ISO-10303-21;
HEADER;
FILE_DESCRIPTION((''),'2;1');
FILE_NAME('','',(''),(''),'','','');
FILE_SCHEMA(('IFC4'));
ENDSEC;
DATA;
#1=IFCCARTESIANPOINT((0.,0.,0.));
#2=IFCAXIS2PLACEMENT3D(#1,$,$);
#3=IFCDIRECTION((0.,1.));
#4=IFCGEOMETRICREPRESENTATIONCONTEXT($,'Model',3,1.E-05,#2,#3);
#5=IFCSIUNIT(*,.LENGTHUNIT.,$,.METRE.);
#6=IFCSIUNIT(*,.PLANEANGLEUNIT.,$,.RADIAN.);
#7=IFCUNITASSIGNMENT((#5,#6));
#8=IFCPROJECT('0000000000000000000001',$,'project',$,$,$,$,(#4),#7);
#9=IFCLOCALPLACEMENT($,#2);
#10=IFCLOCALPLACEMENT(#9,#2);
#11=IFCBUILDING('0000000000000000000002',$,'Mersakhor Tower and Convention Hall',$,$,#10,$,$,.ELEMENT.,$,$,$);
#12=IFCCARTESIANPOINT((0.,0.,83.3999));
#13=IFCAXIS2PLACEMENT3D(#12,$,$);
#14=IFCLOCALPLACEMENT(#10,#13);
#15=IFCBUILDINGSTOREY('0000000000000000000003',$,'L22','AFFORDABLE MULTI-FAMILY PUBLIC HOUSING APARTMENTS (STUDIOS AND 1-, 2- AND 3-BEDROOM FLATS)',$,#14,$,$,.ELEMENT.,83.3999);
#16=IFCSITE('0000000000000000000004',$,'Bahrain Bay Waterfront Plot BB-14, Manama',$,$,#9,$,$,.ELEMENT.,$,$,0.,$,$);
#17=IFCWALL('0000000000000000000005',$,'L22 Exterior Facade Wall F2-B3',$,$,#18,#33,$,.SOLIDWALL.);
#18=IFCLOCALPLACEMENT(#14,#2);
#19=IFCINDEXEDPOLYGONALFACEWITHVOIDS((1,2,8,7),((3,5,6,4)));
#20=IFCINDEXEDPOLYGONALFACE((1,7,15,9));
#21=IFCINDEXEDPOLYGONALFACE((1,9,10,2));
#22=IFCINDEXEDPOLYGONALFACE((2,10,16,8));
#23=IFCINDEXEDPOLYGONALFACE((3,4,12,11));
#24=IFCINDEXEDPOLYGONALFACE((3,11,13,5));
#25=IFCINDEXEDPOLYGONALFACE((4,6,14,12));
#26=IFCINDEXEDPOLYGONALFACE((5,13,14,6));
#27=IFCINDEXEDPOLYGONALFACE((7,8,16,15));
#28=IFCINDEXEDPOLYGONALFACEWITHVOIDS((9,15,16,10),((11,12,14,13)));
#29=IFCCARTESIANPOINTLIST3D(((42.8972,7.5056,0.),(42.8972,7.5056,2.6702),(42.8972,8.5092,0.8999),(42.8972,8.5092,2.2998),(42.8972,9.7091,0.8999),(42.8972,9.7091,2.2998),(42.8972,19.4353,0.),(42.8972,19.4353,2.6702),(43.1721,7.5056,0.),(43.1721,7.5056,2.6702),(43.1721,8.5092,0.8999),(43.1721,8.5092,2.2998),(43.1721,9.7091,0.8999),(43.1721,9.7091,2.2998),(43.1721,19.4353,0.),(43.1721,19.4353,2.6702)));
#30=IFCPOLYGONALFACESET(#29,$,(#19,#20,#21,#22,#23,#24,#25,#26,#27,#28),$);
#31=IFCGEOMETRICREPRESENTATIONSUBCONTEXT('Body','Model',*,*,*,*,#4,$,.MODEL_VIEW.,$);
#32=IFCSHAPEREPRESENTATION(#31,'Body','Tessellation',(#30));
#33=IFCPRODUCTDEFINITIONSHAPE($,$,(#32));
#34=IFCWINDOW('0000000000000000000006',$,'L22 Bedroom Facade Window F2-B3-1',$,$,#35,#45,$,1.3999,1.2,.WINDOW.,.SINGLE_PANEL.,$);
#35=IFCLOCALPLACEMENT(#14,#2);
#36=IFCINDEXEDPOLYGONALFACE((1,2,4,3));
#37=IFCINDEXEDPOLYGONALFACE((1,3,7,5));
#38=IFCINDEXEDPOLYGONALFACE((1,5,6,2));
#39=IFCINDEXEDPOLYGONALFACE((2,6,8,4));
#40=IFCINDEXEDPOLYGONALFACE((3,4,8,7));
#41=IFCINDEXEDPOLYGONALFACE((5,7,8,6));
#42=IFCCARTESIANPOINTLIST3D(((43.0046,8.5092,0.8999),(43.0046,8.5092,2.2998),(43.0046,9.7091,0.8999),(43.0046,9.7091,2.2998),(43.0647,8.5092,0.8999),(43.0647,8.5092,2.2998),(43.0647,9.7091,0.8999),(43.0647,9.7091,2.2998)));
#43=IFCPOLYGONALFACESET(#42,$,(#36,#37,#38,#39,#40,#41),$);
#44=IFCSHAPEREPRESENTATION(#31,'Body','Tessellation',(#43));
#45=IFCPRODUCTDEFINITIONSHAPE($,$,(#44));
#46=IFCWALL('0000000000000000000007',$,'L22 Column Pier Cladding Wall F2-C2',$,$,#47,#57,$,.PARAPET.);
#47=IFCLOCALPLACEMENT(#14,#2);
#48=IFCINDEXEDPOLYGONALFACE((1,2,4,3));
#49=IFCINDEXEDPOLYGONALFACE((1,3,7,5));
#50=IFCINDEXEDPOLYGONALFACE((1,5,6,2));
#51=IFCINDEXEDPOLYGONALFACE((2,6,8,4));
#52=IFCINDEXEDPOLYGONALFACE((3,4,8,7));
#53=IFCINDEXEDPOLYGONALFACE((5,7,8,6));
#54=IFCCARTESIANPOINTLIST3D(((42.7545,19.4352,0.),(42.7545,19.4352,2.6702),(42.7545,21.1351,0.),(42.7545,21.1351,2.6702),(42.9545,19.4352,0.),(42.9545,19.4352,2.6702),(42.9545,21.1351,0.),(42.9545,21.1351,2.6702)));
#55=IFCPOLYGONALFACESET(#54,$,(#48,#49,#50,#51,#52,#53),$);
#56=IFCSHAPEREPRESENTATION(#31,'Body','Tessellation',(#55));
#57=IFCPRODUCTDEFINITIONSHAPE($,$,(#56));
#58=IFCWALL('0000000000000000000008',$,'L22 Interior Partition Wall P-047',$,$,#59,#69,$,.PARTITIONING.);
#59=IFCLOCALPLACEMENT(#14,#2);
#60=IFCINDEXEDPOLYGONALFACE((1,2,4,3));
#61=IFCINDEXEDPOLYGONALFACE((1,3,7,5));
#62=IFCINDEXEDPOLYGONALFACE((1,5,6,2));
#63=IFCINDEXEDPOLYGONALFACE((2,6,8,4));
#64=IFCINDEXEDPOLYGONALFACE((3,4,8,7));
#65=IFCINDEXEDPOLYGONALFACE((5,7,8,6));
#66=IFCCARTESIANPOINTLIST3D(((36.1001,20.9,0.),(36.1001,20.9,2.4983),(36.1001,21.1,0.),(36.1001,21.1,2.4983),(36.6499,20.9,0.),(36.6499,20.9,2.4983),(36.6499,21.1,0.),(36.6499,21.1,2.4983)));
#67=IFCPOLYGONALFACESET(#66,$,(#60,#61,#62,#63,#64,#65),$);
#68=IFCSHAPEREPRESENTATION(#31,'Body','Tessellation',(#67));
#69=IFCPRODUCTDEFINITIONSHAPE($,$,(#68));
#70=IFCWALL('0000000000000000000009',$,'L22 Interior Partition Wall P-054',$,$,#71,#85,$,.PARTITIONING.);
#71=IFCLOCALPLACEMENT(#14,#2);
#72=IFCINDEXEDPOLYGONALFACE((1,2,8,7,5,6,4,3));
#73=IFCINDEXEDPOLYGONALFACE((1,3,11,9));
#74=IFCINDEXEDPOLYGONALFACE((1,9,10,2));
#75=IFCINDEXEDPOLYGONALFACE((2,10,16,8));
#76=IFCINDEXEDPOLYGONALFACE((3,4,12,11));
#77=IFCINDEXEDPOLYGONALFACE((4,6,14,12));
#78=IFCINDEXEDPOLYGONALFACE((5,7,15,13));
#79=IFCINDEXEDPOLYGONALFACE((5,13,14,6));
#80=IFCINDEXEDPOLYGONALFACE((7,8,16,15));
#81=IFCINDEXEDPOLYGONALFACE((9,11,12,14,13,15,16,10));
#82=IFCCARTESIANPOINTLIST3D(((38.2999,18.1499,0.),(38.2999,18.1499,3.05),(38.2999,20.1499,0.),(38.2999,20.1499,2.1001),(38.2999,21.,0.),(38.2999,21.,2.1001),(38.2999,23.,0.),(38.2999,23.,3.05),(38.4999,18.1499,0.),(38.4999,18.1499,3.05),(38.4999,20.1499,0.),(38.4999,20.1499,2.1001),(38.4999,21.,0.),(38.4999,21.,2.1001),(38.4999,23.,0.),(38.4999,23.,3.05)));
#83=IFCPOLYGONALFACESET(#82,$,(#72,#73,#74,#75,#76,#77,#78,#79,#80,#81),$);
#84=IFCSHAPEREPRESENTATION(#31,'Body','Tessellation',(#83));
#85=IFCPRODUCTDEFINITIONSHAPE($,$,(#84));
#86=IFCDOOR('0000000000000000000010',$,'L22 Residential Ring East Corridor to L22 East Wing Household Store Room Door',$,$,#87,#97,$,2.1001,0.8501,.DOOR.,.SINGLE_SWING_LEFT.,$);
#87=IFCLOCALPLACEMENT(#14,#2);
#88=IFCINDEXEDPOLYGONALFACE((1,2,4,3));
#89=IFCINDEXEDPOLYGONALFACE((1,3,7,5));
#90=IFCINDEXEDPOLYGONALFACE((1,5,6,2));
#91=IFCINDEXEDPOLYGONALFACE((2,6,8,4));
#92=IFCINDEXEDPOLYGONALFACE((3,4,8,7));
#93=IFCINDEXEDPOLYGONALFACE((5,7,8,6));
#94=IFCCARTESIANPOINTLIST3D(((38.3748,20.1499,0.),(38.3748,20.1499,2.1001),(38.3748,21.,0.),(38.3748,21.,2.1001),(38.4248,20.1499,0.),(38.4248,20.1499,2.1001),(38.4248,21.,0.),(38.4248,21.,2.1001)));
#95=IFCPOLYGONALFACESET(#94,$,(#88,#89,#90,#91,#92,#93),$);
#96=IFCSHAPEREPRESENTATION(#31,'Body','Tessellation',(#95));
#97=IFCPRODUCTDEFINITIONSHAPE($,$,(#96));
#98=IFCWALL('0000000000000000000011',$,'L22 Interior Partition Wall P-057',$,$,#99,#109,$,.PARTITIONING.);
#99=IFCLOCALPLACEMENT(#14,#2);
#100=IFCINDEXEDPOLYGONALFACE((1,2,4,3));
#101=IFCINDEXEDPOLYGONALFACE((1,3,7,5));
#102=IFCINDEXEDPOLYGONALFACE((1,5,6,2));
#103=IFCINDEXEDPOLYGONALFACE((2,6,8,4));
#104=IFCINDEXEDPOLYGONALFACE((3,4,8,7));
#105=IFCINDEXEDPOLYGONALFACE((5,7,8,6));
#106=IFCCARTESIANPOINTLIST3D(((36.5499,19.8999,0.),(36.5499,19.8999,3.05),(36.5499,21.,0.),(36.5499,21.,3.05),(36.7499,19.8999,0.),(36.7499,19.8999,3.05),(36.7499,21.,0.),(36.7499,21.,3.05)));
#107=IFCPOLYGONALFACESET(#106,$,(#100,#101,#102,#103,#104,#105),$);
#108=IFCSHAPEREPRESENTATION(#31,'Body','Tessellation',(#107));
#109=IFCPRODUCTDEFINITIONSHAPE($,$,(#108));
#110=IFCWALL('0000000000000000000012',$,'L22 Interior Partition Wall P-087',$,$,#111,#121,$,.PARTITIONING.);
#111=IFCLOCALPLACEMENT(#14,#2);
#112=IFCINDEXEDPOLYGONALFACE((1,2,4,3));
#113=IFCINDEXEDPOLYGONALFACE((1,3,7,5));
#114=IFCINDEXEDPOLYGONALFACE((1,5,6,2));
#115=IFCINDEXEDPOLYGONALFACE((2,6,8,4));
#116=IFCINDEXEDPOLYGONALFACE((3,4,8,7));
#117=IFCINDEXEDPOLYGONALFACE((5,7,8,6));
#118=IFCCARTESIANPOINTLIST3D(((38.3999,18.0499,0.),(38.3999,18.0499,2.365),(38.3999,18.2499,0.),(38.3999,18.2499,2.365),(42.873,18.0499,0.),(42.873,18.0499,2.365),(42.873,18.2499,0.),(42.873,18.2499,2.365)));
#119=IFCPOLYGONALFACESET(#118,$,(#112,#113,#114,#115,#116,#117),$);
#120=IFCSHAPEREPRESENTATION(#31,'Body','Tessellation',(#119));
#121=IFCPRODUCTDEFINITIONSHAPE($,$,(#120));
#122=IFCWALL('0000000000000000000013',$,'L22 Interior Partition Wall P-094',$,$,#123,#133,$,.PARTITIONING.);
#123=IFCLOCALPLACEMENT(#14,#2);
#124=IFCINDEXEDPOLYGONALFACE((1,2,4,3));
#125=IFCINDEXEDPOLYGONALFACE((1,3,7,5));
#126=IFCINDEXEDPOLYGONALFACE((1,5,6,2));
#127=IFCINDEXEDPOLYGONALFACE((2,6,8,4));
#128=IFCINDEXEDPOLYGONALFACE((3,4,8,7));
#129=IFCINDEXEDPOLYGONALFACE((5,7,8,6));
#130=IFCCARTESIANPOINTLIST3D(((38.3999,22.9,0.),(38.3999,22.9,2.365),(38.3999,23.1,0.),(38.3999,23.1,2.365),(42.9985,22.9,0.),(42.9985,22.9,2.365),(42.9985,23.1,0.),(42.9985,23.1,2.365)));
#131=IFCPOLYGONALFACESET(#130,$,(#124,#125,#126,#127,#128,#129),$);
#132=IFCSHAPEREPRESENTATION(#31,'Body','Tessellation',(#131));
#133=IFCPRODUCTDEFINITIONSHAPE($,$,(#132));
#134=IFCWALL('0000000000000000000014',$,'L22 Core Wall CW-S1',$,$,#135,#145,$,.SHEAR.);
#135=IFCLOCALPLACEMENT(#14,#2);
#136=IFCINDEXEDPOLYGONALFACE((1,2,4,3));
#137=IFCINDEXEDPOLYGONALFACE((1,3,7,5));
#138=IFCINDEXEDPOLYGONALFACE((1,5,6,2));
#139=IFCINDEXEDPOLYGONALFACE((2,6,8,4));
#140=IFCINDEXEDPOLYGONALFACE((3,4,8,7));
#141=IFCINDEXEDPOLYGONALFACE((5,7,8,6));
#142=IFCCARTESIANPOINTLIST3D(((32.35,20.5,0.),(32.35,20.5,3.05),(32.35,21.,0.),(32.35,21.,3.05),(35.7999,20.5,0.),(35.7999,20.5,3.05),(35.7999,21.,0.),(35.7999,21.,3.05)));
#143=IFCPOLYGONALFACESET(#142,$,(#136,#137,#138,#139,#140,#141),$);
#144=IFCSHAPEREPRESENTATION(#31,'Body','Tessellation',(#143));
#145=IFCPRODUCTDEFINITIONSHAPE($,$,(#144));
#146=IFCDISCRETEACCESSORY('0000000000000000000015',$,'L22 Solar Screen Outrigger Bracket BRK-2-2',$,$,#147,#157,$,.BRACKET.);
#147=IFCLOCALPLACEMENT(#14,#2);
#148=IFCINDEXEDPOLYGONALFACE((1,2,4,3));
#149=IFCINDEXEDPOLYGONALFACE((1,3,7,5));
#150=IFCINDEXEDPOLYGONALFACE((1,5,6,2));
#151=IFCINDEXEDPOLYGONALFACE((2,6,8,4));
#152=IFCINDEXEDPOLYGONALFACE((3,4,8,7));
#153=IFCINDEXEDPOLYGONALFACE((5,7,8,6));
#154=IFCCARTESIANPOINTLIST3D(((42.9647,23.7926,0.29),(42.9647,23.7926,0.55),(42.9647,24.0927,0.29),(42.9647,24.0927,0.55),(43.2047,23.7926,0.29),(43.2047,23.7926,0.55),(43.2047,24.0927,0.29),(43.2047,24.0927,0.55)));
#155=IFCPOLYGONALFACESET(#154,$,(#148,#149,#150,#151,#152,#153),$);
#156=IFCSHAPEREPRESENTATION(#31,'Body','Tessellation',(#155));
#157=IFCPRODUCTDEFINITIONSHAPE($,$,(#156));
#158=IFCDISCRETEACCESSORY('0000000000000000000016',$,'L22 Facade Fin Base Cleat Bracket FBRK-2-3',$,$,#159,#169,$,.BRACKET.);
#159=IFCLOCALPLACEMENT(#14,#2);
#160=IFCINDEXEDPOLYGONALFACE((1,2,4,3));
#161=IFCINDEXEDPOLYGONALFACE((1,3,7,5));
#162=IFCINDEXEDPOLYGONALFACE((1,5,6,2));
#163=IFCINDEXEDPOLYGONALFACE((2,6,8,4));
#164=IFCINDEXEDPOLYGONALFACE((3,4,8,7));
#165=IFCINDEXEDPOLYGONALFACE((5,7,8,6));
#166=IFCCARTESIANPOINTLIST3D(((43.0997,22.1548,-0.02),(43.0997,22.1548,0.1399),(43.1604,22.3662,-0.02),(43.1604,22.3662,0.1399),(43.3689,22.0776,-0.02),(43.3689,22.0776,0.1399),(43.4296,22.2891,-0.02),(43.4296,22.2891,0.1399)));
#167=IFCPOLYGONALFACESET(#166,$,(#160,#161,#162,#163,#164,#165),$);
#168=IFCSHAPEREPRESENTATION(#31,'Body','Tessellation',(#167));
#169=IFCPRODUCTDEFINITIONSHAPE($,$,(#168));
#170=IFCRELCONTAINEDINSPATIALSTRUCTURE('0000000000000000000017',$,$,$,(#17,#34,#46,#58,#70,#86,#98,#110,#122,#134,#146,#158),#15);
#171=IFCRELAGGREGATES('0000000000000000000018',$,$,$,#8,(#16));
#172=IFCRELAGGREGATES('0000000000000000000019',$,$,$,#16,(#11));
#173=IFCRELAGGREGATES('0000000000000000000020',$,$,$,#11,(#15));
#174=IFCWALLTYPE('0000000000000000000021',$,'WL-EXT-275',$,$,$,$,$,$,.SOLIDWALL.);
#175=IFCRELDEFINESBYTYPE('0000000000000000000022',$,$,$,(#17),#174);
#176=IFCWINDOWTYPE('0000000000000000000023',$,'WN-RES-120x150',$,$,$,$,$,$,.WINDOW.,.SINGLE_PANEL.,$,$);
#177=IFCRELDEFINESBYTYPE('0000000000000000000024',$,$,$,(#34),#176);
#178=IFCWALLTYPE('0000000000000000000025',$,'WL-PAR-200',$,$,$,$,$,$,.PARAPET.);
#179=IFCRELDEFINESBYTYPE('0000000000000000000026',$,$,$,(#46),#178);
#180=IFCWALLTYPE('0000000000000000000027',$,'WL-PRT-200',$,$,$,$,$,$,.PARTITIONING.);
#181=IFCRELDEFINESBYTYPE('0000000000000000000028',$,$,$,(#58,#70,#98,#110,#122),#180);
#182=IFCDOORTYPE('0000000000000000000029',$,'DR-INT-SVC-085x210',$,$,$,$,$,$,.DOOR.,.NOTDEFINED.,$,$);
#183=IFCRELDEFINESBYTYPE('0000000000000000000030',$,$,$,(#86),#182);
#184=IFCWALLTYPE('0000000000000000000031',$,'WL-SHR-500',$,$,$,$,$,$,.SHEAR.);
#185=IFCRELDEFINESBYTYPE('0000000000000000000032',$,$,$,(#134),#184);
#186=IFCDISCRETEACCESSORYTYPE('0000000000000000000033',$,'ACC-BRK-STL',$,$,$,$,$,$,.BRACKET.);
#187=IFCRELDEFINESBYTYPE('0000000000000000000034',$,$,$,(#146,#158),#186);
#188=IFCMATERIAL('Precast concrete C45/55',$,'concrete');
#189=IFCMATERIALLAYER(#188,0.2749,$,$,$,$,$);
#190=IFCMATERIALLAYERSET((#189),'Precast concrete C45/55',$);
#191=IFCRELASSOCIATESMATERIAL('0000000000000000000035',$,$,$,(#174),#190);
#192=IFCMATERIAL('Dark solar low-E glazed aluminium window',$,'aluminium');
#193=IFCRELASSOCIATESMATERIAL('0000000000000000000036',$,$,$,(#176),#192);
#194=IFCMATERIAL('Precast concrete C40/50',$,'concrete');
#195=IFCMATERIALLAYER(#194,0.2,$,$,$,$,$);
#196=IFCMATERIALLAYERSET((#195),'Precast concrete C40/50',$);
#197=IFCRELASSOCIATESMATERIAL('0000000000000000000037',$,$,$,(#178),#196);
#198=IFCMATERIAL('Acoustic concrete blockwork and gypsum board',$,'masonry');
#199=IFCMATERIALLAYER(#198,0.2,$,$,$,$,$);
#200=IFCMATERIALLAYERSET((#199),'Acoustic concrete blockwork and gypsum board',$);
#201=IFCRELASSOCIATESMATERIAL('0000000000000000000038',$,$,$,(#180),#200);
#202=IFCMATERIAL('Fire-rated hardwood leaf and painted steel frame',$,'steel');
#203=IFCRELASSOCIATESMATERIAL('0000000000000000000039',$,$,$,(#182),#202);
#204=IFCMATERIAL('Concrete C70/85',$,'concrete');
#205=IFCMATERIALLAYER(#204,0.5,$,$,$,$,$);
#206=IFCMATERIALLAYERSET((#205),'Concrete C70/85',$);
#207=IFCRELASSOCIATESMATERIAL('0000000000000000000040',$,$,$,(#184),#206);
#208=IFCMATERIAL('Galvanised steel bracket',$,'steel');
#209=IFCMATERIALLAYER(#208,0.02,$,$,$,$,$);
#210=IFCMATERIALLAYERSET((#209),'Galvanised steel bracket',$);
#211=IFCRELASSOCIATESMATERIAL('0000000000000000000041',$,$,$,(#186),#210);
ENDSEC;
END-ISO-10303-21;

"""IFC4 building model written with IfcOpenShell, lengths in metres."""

from ifc_helpers import new_model, si_unit, direction, frame, frame_2d, origin, origin_2d, place, context, subcontext, project, spatial, rectangle, extrude, material, layer, layer_set, type_object, element, fill, save


model = new_model("IFC4")

# Units and contexts
model_context = context("Model", 3, precision=1e-05, world=origin(), true_north=direction((0.0, 1.0)))
body_context = subcontext(model_context, "Body", "Model", "MODEL_VIEW")
ifc_project = project(units=[si_unit("LENGTHUNIT", "METRE"), si_unit("PLANEANGLEUNIT", "RADIAN")], contexts=[model_context])

# Site, building, storey
site_placement = place(None, origin())
site = spatial("IfcSite", under=ifc_project, at=site_placement, Name="Bahrain Bay Waterfront Plot BB-14, Manama", CompositionType="ELEMENT", RefElevation=0.0)
building_placement = place(site_placement, origin())
building = spatial("IfcBuilding", under=site, at=building_placement, Name="Mersakhor Tower and Convention Hall", CompositionType="ELEMENT")
storey_placement = place(building_placement, frame((0.0, 0.0, 83.3999)))
storey = spatial("IfcBuildingStorey", under=building, at=storey_placement, Name="L22", Description="AFFORDABLE MULTI-FAMILY PUBLIC HOUSING APARTMENTS (STUDIOS AND 1-, 2- AND 3-BEDROOM FLATS)", CompositionType="ELEMENT", Elevation=83.3999)

# Wall, opening, window
ifc_material_1 = material(Name="Precast concrete C45/55", Category="concrete")
ifc_layer_1 = layer(ifc_material_1, 0.2749)
ifc_layer_set_1 = layer_set([ifc_layer_1], Name="Precast concrete C45/55")
wall_type_1 = type_object("IfcWallType", Name="WL-EXT-275", PredefinedType="SOLIDWALL", material=ifc_layer_set_1)
wall_1_placement = place(storey_placement, frame((43.0347, 19.4353, 0.0), z_axis=(0.0, 0.0, 1.0), x_axis=(0.0, -1.0, 0.0)))
wall_1 = element("IfcWall", 1, at=wall_1_placement, inside=storey, type_object=wall_type_1, Name="L22 Exterior Facade Wall F2-B3", PredefinedType="SOLIDWALL", context=body_context, shape_type="SweptSolid", body=[
    extrude(rectangle(XDim=11.9297, YDim=0.2749, at=frame_2d((5.9648, 0.0))), origin(), (0.0, 0.0, 1.0), 2.6702),
])
opening_1_placement = place(wall_1_placement, frame((9.7261, 0.0, 0.8999)))
opening_1 = element("IfcOpeningElement", 2, at=opening_1_placement, cuts=wall_1, PredefinedType="OPENING", context=body_context, shape_type="SweptSolid", body=[
    extrude(rectangle(XDim=1.2, YDim=1.3999, at=frame_2d((0.6001, 0.7))), frame((0.0, 0.1475, 0.0), z_axis=(0.0, -1.0, 0.0), x_axis=(1.0, 0.0, 0.0)), (0.0, 0.0, 1.0), 0.2949),
])
ifc_material_2 = material(Name="Dark solar low-E glazed aluminium window", Category="aluminium")
window_type = type_object("IfcWindowType", Name="WN-RES-120x150", PartitioningType="SINGLE_PANEL", PredefinedType="WINDOW", material=ifc_material_2)
window_placement = place(opening_1_placement, origin())
window = element("IfcWindow", 3, at=window_placement, inside=storey, type_object=window_type, Name="L22 Bedroom Facade Window F2-B3-1", OverallHeight=1.3999, OverallWidth=1.2, PartitioningType="SINGLE_PANEL", PredefinedType="WINDOW", context=body_context, shape_type="SweptSolid", body=[
    extrude(rectangle(XDim=1.2, YDim=1.3999, at=frame_2d((0.6001, 0.7))), frame((0.0, 0.03, 0.0), z_axis=(0.0, -1.0, 0.0), x_axis=(1.0, 0.0, 0.0)), (0.0, 0.0, 1.0), 0.0601),
])
fill(opening_1, window)

# Walls
ifc_material_3 = material(Name="Precast concrete C40/50", Category="concrete")
ifc_layer_2 = layer(ifc_material_3, 0.2)
ifc_layer_set_2 = layer_set([ifc_layer_2], Name="Precast concrete C40/50")
wall_type_2 = type_object("IfcWallType", Name="WL-PAR-200", PredefinedType="PARAPET", material=ifc_layer_set_2)
wall_2_placement = place(storey_placement, frame((42.8545, 21.1353, 0.0), z_axis=(0.0, 0.0, 1.0), x_axis=(0.0, -1.0, 0.0)))
element("IfcWall", 4, at=wall_2_placement, inside=storey, type_object=wall_type_2, Name="L22 Column Pier Cladding Wall F2-C2", PredefinedType="PARAPET", context=body_context, shape_type="SweptSolid", body=[
    extrude(rectangle(XDim=1.7, YDim=0.2, at=frame_2d((0.8501, 0.0))), origin(), (0.0, 0.0, 1.0), 2.6702),
])
ifc_material_4 = material(Name="Acoustic concrete blockwork and gypsum board", Category="masonry")
ifc_layer_3 = layer(ifc_material_4, 0.2)
ifc_layer_set_3 = layer_set([ifc_layer_3], Name="Acoustic concrete blockwork and gypsum board")
wall_type_3 = type_object("IfcWallType", Name="WL-PRT-200", PredefinedType="PARTITIONING", material=ifc_layer_set_3)
wall_3_placement = place(storey_placement, frame((36.6499, 21.0, 0.0), z_axis=(0.0, 0.0, 1.0), x_axis=(-1.0, 0.0, 0.0)))
element("IfcWall", 5, at=wall_3_placement, inside=storey, type_object=wall_type_3, Name="L22 Interior Partition Wall P-047", PredefinedType="PARTITIONING", context=body_context, shape_type="SweptSolid", body=[
    extrude(rectangle(XDim=0.5498, YDim=0.2, at=frame_2d((0.2749, 0.0))), origin(), (0.0, 0.0, 1.0), 2.4983),
])

# Wall, opening, door
wall_4_placement = place(storey_placement, frame((38.3999, 23.0, 0.0), z_axis=(0.0, 0.0, 1.0), x_axis=(0.0, -1.0, 0.0)))
wall_4 = element("IfcWall", 6, at=wall_4_placement, inside=storey, type_object=wall_type_3, Name="L22 Interior Partition Wall P-054", PredefinedType="PARTITIONING", context=body_context, shape_type="SweptSolid", body=[
    extrude(rectangle(XDim=4.8501, YDim=0.2, at=frame_2d((2.425, 0.0))), origin(), (0.0, 0.0, 1.0), 3.05),
])
opening_2_placement = place(wall_4_placement, frame((2.0, 0.0, 0.0)))
opening_2 = element("IfcOpeningElement", 7, at=opening_2_placement, cuts=wall_4, PredefinedType="OPENING", context=body_context, shape_type="SweptSolid", body=[
    extrude(rectangle(XDim=0.8501, YDim=2.1001, at=frame_2d((0.425, 1.05))), frame((0.0, 0.1099, 0.0), z_axis=(0.0, -1.0, 0.0), x_axis=(1.0, 0.0, 0.0)), (0.0, 0.0, 1.0), 0.22),
])
ifc_material_5 = material(Name="Fire-rated hardwood leaf and painted steel frame", Category="steel")
door_type = type_object("IfcDoorType", Name="DR-INT-SVC-085x210", OperationType="NOTDEFINED", PredefinedType="DOOR", material=ifc_material_5)
door_placement = place(opening_2_placement, origin())
door = element("IfcDoor", 8, at=door_placement, inside=storey, type_object=door_type, Name="L22 Residential Ring East Corridor to L22 East Wing Household Store Room Door", OperationType="SINGLE_SWING_LEFT", OverallHeight=2.1001, OverallWidth=0.8501, PredefinedType="DOOR", context=body_context, shape_type="SweptSolid", body=[
    extrude(rectangle(XDim=0.8501, YDim=2.1001, at=frame_2d((0.425, 1.05))), frame((0.0, 0.0249, 0.0), z_axis=(0.0, -1.0, 0.0), x_axis=(1.0, 0.0, 0.0)), (0.0, 0.0, 1.0), 0.05),
])
fill(opening_2, door)

# Walls
wall_5_placement = place(storey_placement, frame((36.6499, 19.8999, 0.0), z_axis=(0.0, 0.0, 1.0), x_axis=(0.0, 1.0, 0.0)))
element("IfcWall", 9, at=wall_5_placement, inside=storey, type_object=wall_type_3, Name="L22 Interior Partition Wall P-057", PredefinedType="PARTITIONING", context=body_context, shape_type="SweptSolid", body=[
    extrude(rectangle(XDim=1.1001, YDim=0.2, at=frame_2d((0.55, 0.0))), origin(), (0.0, 0.0, 1.0), 3.05),
])
wall_6_placement = place(storey_placement, frame((38.3999, 18.1499, 0.0), z_axis=(0.0, 0.0, 1.0), x_axis=(1.0, 0.0, 0.0)))
element("IfcWall", 10, at=wall_6_placement, inside=storey, type_object=wall_type_3, Name="L22 Interior Partition Wall P-087", PredefinedType="PARTITIONING", context=body_context, shape_type="SweptSolid", body=[
    extrude(rectangle(XDim=4.4731, YDim=0.2, at=frame_2d((2.2366, 0.0))), origin(), (0.0, 0.0, 1.0), 2.365),
])
wall_7_placement = place(storey_placement, frame((42.9985, 23.0, 0.0), z_axis=(0.0, 0.0, 1.0), x_axis=(-1.0, 0.0, 0.0)))
element("IfcWall", 11, at=wall_7_placement, inside=storey, type_object=wall_type_3, Name="L22 Interior Partition Wall P-094", PredefinedType="PARTITIONING", context=body_context, shape_type="SweptSolid", body=[
    extrude(rectangle(XDim=4.5986, YDim=0.2, at=frame_2d((2.2993, 0.0))), origin(), (0.0, 0.0, 1.0), 2.365),
])
ifc_material_6 = material(Name="Concrete C70/85", Category="concrete")
ifc_layer_4 = layer(ifc_material_6, 0.5)
ifc_layer_set_4 = layer_set([ifc_layer_4], Name="Concrete C70/85")
wall_type_4 = type_object("IfcWallType", Name="WL-SHR-500", PredefinedType="SHEAR", material=ifc_layer_set_4)
wall_8_placement = place(storey_placement, frame((35.8, 20.75, 0.0), z_axis=(0.0, 0.0, 1.0), x_axis=(-1.0, 0.0, 0.0)))
element("IfcWall", 12, at=wall_8_placement, inside=storey, type_object=wall_type_4, Name="L22 Core Wall CW-S1", PredefinedType="SHEAR", context=body_context, shape_type="SweptSolid", body=[
    extrude(rectangle(XDim=3.45, YDim=0.5, at=frame_2d((1.7251, 0.0))), origin(), (0.0, 0.0, 1.0), 3.05),
])

# Discrete accessories
ifc_material_7 = material(Name="Galvanised steel bracket", Category="steel")
ifc_layer_5 = layer(ifc_material_7, 0.02)
ifc_layer_set_5 = layer_set([ifc_layer_5], Name="Galvanised steel bracket")
discrete_accessory_type = type_object("IfcDiscreteAccessoryType", Name="ACC-BRK-STL", PredefinedType="BRACKET", material=ifc_layer_set_5)
discrete_accessory_1_placement = place(storey_placement, frame((43.0847, 23.9426, 0.29), z_axis=(0.0, 0.0, 1.0), x_axis=(0.0, -1.0, 0.0)))
element("IfcDiscreteAccessory", 13, at=discrete_accessory_1_placement, inside=storey, type_object=discrete_accessory_type, Name="L22 Solar Screen Outrigger Bracket BRK-2-2", PredefinedType="BRACKET", context=body_context, shape_type="SweptSolid", body=[
    extrude(rectangle(XDim=0.3, YDim=0.24, at=origin_2d()), origin(), (0.0, 0.0, 1.0), 0.26),
])
discrete_accessory_2_placement = place(storey_placement, frame((43.2646, 22.2219, -0.02), z_axis=(0.0, 0.0, 1.0), x_axis=(0.961262, -0.275637, 0.0)))
element("IfcDiscreteAccessory", 14, at=discrete_accessory_2_placement, inside=storey, type_object=discrete_accessory_type, Name="L22 Facade Fin Base Cleat Bracket FBRK-2-3", PredefinedType="BRACKET", context=body_context, shape_type="SweptSolid", body=[
    extrude(rectangle(XDim=0.28, YDim=0.22, at=origin_2d()), origin(), (0.0, 0.0, 1.0), 0.1599),
])

save(model, "model.ifc")
